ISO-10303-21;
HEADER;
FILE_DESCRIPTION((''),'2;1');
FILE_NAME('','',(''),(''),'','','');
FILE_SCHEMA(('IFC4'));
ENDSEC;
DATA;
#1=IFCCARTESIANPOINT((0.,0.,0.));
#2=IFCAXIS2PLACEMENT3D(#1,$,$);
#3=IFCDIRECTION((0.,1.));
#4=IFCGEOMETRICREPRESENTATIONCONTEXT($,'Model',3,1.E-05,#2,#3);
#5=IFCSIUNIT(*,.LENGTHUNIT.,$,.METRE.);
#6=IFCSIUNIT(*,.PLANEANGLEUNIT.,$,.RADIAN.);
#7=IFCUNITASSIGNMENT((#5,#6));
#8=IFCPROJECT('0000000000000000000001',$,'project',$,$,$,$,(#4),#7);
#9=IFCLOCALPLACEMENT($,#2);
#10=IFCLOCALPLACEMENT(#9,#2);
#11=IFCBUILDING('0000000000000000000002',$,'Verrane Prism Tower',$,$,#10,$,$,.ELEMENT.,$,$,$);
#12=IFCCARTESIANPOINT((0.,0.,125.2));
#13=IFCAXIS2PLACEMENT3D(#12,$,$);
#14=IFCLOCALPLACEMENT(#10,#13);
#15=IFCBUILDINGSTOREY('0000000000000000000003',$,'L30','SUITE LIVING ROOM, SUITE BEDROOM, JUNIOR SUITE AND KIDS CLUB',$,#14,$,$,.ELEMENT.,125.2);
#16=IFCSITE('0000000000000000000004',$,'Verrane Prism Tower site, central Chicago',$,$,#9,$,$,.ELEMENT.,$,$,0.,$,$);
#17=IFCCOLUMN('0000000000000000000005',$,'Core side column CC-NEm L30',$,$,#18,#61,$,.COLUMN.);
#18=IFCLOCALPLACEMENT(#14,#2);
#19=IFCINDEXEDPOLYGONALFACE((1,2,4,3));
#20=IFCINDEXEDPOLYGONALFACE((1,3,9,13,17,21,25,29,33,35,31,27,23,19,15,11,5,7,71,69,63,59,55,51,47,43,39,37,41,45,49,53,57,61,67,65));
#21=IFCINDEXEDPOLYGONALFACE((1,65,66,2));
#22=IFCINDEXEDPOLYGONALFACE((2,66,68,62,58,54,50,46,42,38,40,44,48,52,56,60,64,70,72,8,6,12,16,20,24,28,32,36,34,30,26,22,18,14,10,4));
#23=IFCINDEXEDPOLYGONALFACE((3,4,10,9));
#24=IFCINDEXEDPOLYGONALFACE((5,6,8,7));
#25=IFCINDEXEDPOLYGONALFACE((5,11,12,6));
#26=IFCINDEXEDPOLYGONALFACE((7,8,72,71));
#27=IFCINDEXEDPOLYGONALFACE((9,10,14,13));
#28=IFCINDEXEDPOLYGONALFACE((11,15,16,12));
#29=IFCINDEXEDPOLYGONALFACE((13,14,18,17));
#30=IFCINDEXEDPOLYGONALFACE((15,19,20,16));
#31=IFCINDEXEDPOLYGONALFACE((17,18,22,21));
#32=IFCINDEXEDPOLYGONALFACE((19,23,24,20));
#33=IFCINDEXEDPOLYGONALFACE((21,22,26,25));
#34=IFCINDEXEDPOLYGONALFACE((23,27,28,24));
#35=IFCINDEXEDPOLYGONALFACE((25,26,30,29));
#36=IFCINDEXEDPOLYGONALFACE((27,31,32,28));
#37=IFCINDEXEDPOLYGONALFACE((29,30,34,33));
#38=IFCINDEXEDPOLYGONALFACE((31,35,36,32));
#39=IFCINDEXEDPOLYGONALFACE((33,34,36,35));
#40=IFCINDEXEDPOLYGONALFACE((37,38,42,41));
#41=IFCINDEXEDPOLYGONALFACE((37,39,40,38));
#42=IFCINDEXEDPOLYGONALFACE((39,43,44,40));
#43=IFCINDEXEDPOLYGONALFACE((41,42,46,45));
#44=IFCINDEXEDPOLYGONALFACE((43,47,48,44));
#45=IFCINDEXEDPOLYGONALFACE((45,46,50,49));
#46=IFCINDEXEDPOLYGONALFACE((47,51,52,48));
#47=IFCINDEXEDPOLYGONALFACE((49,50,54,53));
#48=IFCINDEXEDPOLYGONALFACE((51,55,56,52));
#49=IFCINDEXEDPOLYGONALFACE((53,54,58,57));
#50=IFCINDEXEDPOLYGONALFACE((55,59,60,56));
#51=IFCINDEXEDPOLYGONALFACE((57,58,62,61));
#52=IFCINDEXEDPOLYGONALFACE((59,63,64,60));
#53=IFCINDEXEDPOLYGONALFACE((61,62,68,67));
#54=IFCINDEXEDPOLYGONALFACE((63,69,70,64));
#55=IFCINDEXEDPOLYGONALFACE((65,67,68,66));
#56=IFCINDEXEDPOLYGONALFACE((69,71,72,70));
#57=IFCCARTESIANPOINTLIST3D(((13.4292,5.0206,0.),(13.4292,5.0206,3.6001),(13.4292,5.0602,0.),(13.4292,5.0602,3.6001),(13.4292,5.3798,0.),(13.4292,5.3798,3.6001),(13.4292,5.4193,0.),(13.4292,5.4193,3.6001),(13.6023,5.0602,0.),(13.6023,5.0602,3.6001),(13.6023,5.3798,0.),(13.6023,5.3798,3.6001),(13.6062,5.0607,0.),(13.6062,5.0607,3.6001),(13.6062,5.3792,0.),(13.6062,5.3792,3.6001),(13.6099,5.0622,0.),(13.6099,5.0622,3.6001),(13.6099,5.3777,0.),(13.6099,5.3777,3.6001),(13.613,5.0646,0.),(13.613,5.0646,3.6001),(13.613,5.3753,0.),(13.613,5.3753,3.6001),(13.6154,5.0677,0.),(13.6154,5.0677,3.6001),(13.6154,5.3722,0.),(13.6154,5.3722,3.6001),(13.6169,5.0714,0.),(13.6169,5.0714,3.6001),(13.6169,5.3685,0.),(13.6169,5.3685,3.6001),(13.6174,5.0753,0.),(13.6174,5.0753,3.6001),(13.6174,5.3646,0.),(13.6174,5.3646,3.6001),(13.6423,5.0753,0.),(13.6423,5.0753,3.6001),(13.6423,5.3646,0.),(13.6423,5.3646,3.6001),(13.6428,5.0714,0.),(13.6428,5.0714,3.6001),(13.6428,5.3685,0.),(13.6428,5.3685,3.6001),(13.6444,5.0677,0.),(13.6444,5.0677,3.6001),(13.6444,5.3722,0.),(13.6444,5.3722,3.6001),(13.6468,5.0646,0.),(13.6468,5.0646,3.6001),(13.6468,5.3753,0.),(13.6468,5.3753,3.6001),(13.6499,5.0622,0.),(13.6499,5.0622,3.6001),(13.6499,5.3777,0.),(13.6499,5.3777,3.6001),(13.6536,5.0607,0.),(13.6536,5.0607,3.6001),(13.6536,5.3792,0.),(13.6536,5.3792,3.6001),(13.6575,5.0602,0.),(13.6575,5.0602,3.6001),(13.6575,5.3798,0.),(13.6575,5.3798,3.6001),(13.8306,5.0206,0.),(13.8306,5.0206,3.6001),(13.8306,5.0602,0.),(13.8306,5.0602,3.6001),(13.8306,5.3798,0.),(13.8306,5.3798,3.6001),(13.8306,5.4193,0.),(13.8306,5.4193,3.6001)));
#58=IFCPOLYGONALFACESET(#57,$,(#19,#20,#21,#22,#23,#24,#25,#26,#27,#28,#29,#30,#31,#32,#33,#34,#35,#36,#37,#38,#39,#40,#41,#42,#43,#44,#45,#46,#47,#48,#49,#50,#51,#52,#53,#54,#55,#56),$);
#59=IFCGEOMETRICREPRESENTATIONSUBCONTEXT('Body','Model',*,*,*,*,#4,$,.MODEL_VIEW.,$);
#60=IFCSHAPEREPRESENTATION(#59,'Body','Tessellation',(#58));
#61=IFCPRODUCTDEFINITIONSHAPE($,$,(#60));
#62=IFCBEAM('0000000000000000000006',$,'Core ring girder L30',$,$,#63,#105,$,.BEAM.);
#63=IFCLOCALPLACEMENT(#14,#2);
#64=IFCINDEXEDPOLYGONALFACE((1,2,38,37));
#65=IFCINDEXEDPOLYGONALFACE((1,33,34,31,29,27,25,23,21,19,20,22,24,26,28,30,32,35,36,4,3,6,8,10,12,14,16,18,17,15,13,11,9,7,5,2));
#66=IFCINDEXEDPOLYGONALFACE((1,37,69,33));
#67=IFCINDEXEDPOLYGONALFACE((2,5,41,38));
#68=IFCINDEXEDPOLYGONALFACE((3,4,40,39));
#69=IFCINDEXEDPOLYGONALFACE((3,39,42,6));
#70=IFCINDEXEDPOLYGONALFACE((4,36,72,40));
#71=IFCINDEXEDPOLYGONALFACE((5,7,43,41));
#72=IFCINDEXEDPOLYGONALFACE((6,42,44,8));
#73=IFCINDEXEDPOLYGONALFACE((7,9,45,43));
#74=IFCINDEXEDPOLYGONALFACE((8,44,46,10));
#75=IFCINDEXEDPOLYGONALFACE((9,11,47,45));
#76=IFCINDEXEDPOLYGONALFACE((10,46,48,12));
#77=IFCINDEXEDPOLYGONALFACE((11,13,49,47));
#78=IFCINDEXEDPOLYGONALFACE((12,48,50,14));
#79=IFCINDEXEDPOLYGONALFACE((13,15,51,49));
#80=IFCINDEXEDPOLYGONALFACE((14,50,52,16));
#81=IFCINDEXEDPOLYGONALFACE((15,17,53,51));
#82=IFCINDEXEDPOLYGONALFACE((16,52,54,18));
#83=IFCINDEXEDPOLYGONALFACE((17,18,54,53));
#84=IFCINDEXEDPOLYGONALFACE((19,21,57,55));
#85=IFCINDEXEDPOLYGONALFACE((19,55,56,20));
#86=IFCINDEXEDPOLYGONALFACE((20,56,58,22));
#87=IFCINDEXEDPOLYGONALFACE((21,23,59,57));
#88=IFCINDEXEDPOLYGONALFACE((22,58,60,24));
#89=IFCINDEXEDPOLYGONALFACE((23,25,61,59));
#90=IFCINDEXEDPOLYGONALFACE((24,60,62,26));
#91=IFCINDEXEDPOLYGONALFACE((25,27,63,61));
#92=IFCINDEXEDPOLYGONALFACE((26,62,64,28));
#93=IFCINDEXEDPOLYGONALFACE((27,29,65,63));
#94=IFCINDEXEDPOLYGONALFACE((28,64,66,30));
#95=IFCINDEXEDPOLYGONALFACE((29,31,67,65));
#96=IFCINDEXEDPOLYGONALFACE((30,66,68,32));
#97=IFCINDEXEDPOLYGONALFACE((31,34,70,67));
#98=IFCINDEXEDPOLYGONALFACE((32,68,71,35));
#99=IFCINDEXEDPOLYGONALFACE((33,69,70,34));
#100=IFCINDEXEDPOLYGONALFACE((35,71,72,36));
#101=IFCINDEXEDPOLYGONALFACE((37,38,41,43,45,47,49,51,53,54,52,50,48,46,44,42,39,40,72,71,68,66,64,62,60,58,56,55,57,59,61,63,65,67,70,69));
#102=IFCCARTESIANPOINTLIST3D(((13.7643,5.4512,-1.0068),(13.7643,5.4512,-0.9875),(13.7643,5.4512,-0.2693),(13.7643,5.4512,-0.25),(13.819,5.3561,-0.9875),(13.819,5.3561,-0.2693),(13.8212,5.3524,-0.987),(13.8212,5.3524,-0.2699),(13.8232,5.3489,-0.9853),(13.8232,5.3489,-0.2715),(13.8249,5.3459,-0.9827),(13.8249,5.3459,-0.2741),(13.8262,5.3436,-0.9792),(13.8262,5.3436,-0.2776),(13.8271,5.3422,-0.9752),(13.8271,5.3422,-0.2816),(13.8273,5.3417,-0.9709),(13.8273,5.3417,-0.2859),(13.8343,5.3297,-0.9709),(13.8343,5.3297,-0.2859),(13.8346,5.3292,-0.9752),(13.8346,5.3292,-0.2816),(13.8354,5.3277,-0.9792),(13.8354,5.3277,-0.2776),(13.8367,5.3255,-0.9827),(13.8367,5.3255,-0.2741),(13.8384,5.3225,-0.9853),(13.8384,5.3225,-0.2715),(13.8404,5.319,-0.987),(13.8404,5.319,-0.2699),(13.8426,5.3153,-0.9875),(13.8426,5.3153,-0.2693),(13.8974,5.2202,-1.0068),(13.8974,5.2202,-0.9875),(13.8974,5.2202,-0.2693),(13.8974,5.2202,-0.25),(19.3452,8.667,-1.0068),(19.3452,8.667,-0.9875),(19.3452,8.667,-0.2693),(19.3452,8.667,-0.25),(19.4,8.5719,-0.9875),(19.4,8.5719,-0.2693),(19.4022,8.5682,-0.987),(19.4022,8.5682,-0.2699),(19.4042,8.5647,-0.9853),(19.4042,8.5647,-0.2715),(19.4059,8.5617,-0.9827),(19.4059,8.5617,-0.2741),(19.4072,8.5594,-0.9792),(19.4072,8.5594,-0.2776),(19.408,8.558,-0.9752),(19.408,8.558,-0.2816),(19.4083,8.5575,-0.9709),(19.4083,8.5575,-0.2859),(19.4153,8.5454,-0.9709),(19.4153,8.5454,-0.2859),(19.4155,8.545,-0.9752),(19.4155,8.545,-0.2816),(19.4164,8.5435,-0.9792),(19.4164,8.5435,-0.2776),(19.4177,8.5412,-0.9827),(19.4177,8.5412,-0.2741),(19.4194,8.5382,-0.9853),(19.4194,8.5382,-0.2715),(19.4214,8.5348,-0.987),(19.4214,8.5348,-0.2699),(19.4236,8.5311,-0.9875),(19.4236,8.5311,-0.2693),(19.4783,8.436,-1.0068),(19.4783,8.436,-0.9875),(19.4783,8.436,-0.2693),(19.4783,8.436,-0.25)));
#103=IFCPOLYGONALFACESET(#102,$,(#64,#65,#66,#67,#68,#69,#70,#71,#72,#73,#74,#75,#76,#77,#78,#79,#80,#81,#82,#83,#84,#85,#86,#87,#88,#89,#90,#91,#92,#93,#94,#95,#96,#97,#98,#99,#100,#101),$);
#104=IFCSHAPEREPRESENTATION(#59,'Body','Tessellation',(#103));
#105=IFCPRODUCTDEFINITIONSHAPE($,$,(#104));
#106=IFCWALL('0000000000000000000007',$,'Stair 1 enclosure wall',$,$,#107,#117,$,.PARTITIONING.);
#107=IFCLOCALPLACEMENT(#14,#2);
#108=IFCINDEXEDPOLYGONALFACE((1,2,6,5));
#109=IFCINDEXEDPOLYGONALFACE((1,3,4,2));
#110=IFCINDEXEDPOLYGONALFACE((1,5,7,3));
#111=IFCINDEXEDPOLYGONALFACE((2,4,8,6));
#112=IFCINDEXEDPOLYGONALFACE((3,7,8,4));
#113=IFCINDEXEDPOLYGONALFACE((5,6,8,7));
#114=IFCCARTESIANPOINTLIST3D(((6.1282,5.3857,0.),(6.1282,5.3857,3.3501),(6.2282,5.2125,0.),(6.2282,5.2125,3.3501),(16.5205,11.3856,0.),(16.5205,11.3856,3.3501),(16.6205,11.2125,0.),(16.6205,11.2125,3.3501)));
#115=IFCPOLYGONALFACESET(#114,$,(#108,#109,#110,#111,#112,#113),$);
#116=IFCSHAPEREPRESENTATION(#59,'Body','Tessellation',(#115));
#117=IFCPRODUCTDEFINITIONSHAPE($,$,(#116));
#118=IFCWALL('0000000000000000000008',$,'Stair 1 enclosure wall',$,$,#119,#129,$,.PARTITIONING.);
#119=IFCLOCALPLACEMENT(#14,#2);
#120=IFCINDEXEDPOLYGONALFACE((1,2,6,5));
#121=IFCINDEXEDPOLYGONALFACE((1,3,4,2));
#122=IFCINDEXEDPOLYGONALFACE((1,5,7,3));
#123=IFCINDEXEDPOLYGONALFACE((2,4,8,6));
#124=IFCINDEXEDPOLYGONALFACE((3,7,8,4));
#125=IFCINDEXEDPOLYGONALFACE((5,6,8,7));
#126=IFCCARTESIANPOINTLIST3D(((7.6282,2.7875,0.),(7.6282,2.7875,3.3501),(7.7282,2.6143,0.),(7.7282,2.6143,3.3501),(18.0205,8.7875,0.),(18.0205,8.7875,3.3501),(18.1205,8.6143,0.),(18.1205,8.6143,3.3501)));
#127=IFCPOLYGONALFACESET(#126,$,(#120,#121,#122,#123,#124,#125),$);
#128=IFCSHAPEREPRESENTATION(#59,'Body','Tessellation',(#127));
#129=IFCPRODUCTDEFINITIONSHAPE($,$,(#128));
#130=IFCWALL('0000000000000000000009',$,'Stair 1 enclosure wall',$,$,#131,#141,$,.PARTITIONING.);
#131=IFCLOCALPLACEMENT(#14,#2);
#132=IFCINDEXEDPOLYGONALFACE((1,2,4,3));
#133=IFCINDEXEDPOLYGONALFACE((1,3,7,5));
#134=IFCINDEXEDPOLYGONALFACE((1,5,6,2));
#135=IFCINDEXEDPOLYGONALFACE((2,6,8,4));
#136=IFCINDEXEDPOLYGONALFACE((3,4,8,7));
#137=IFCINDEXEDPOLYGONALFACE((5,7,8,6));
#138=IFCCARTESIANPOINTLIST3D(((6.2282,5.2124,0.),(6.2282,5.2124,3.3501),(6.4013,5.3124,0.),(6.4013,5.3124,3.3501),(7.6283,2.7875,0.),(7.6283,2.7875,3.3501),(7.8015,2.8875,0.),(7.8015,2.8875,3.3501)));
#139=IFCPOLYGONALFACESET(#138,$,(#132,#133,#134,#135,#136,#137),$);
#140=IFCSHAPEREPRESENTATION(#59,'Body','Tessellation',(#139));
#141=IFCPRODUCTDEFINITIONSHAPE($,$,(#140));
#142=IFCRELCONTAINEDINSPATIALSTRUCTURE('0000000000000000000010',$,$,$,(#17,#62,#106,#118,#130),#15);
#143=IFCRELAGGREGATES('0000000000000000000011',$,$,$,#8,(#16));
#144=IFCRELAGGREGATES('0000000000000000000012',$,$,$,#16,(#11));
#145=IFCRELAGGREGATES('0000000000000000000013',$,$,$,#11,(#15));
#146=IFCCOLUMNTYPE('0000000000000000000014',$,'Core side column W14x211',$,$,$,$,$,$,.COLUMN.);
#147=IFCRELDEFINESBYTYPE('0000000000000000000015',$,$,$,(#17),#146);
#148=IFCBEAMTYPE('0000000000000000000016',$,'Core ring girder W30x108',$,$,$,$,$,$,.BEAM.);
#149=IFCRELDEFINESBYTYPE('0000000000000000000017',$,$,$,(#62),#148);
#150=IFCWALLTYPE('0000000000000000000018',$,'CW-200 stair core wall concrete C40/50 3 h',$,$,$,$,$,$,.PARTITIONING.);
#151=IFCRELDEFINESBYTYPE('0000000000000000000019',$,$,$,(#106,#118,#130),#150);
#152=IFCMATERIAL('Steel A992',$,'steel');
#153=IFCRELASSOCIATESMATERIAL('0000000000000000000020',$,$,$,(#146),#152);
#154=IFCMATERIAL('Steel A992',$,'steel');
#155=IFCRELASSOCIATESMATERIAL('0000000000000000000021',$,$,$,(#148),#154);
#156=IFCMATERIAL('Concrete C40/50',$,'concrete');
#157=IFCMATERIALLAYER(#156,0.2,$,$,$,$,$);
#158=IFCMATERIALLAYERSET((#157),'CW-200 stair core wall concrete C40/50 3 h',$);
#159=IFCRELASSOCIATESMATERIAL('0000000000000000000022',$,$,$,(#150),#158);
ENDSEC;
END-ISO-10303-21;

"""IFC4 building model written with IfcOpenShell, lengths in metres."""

from ifc_helpers import new_model, si_unit, direction, frame, frame_2d, origin, origin_2d, place, context, subcontext, project, spatial, rectangle, i_section, extrude, material, layer, layer_set, material_profile, profile_set, type_object, element, save


model = new_model("IFC4")

# Units and contexts
model_context = context("Model", 3, precision=1e-05, world=origin(), true_north=direction((0.0, 1.0)))
body_context = subcontext(model_context, "Body", "Model", "MODEL_VIEW")
ifc_project = project(units=[si_unit("LENGTHUNIT", "METRE"), si_unit("PLANEANGLEUNIT", "RADIAN")], contexts=[model_context])

# Site, building, storey
site_placement = place(None, origin())
site = spatial("IfcSite", under=ifc_project, at=site_placement, Name="Verrane Prism Tower site, central Chicago", CompositionType="ELEMENT", RefElevation=0.0)
building_placement = place(site_placement, origin())
building = spatial("IfcBuilding", under=site, at=building_placement, Name="Verrane Prism Tower", CompositionType="ELEMENT")
storey_placement = place(building_placement, frame((0.0, 0.0, 125.2)))
storey = spatial("IfcBuildingStorey", under=building, at=storey_placement, Name="L30", Description="SUITE LIVING ROOM, SUITE BEDROOM, JUNIOR SUITE AND KIDS CLUB", CompositionType="ELEMENT", Elevation=125.2)

# Column
ifc_material_1 = material(Name="Steel A992", Category="steel")
ifc_material_profile_1 = material_profile(ifc_material_1, i_section(OverallWidth=0.4014, OverallDepth=0.3987, WebThickness=0.0249, FlangeThickness=0.0396, FilletRadius=0.0151, at=origin_2d()), Name="W14x211")
ifc_profile_set_1 = profile_set([ifc_material_profile_1], Name="Steel A992")
column_type = type_object("IfcColumnType", Name="Core side column W14x211", PredefinedType="COLUMN", material=ifc_profile_set_1)
column_placement = place(storey_placement, frame((13.6299, 5.22, 0.0), z_axis=(0.0, 0.0, 1.0), x_axis=(1.0, 0.0, 0.0)))
element("IfcColumn", 1, at=column_placement, inside=storey, type_object=column_type, Name="Core side column CC-NEm L30", PredefinedType="COLUMN", context=body_context, shape_type="SweptSolid", body=[
    extrude(i_section(OverallWidth=0.4014, OverallDepth=0.3987, WebThickness=0.0249, FlangeThickness=0.0396, FilletRadius=0.0151, at=origin_2d()), origin(), (0.0, 0.0, 1.0), 3.6001),
])

# Beam
ifc_material_2 = material(Name="Steel A992", Category="steel")
ifc_material_profile_2 = material_profile(ifc_material_2, i_section(OverallWidth=0.2666, OverallDepth=0.7568, WebThickness=0.0139, FlangeThickness=0.0193, FilletRadius=0.0166, at=origin_2d()), Name="W30x108")
ifc_profile_set_2 = profile_set([ifc_material_profile_2], Name="Steel A992")
beam_type = type_object("IfcBeamType", Name="Core ring girder W30x108", PredefinedType="BEAM", material=ifc_profile_set_2)
beam_placement = place(storey_placement, frame((13.8308, 5.3357, -0.6284), z_axis=(0.866456, 0.499254, 0.0), x_axis=(-0.499254, 0.866456, 0.0)))
element("IfcBeam", 2, at=beam_placement, inside=storey, type_object=beam_type, Name="Core ring girder L30", PredefinedType="BEAM", context=body_context, shape_type="SweptSolid", body=[
    extrude(i_section(OverallWidth=0.2666, OverallDepth=0.7568, WebThickness=0.0139, FlangeThickness=0.0193, FilletRadius=0.0166, at=origin_2d()), origin(), (0.0, 0.0, 1.0), 6.4412),
])

# Walls
ifc_material_3 = material(Name="Concrete C40/50", Category="concrete")
ifc_layer_1 = layer(ifc_material_3, 0.2)
ifc_layer_set_1 = layer_set([ifc_layer_1], Name="CW-200 stair core wall concrete C40/50 3 h")
wall_type_1 = type_object("IfcWallType", Name="CW-200 stair core wall concrete C40/50 3 h", PredefinedType="PARTITIONING", material=ifc_layer_set_1)
for number, where, z_axis, x_axis, name in (
    (3, (6.1782, 5.2991, 0.0), (0.0, 0.0, 1.0), (0.866026, 0.499999, 0.0), "Stair 1 enclosure wall"),
    (4, (7.6782, 2.7009, 0.0), (0.0, 0.0, 1.0), (0.866026, 0.499999, 0.0), "Stair 1 enclosure wall"),
):
    element("IfcWall", number, at=place(storey_placement, frame(where, z_axis=z_axis, x_axis=x_axis)), inside=storey, type_object=wall_type_1, Name=name, PredefinedType="PARTITIONING", context=body_context, shape_type="SweptSolid", body=[
        extrude(rectangle(XDim=12.0, YDim=0.2, at=frame_2d((6.0, 0.0))), origin(), (0.0, 0.0, 1.0), 3.3501),
    ])
wall_1_placement = place(storey_placement, frame((7.7148, 2.8376, 0.0), z_axis=(0.0, 0.0, 1.0), x_axis=(-0.50005, 0.865997, 0.0)))
element("IfcWall", 5, at=wall_1_placement, inside=storey, type_object=wall_type_1, Name="Stair 1 enclosure wall", PredefinedType="PARTITIONING", context=body_context, shape_type="SweptSolid", body=[
    extrude(rectangle(XDim=2.8, YDim=0.2, at=frame_2d((1.3999, 0.0))), origin(), (0.0, 0.0, 1.0), 3.3501),
])

save(model, "model.ifc")
